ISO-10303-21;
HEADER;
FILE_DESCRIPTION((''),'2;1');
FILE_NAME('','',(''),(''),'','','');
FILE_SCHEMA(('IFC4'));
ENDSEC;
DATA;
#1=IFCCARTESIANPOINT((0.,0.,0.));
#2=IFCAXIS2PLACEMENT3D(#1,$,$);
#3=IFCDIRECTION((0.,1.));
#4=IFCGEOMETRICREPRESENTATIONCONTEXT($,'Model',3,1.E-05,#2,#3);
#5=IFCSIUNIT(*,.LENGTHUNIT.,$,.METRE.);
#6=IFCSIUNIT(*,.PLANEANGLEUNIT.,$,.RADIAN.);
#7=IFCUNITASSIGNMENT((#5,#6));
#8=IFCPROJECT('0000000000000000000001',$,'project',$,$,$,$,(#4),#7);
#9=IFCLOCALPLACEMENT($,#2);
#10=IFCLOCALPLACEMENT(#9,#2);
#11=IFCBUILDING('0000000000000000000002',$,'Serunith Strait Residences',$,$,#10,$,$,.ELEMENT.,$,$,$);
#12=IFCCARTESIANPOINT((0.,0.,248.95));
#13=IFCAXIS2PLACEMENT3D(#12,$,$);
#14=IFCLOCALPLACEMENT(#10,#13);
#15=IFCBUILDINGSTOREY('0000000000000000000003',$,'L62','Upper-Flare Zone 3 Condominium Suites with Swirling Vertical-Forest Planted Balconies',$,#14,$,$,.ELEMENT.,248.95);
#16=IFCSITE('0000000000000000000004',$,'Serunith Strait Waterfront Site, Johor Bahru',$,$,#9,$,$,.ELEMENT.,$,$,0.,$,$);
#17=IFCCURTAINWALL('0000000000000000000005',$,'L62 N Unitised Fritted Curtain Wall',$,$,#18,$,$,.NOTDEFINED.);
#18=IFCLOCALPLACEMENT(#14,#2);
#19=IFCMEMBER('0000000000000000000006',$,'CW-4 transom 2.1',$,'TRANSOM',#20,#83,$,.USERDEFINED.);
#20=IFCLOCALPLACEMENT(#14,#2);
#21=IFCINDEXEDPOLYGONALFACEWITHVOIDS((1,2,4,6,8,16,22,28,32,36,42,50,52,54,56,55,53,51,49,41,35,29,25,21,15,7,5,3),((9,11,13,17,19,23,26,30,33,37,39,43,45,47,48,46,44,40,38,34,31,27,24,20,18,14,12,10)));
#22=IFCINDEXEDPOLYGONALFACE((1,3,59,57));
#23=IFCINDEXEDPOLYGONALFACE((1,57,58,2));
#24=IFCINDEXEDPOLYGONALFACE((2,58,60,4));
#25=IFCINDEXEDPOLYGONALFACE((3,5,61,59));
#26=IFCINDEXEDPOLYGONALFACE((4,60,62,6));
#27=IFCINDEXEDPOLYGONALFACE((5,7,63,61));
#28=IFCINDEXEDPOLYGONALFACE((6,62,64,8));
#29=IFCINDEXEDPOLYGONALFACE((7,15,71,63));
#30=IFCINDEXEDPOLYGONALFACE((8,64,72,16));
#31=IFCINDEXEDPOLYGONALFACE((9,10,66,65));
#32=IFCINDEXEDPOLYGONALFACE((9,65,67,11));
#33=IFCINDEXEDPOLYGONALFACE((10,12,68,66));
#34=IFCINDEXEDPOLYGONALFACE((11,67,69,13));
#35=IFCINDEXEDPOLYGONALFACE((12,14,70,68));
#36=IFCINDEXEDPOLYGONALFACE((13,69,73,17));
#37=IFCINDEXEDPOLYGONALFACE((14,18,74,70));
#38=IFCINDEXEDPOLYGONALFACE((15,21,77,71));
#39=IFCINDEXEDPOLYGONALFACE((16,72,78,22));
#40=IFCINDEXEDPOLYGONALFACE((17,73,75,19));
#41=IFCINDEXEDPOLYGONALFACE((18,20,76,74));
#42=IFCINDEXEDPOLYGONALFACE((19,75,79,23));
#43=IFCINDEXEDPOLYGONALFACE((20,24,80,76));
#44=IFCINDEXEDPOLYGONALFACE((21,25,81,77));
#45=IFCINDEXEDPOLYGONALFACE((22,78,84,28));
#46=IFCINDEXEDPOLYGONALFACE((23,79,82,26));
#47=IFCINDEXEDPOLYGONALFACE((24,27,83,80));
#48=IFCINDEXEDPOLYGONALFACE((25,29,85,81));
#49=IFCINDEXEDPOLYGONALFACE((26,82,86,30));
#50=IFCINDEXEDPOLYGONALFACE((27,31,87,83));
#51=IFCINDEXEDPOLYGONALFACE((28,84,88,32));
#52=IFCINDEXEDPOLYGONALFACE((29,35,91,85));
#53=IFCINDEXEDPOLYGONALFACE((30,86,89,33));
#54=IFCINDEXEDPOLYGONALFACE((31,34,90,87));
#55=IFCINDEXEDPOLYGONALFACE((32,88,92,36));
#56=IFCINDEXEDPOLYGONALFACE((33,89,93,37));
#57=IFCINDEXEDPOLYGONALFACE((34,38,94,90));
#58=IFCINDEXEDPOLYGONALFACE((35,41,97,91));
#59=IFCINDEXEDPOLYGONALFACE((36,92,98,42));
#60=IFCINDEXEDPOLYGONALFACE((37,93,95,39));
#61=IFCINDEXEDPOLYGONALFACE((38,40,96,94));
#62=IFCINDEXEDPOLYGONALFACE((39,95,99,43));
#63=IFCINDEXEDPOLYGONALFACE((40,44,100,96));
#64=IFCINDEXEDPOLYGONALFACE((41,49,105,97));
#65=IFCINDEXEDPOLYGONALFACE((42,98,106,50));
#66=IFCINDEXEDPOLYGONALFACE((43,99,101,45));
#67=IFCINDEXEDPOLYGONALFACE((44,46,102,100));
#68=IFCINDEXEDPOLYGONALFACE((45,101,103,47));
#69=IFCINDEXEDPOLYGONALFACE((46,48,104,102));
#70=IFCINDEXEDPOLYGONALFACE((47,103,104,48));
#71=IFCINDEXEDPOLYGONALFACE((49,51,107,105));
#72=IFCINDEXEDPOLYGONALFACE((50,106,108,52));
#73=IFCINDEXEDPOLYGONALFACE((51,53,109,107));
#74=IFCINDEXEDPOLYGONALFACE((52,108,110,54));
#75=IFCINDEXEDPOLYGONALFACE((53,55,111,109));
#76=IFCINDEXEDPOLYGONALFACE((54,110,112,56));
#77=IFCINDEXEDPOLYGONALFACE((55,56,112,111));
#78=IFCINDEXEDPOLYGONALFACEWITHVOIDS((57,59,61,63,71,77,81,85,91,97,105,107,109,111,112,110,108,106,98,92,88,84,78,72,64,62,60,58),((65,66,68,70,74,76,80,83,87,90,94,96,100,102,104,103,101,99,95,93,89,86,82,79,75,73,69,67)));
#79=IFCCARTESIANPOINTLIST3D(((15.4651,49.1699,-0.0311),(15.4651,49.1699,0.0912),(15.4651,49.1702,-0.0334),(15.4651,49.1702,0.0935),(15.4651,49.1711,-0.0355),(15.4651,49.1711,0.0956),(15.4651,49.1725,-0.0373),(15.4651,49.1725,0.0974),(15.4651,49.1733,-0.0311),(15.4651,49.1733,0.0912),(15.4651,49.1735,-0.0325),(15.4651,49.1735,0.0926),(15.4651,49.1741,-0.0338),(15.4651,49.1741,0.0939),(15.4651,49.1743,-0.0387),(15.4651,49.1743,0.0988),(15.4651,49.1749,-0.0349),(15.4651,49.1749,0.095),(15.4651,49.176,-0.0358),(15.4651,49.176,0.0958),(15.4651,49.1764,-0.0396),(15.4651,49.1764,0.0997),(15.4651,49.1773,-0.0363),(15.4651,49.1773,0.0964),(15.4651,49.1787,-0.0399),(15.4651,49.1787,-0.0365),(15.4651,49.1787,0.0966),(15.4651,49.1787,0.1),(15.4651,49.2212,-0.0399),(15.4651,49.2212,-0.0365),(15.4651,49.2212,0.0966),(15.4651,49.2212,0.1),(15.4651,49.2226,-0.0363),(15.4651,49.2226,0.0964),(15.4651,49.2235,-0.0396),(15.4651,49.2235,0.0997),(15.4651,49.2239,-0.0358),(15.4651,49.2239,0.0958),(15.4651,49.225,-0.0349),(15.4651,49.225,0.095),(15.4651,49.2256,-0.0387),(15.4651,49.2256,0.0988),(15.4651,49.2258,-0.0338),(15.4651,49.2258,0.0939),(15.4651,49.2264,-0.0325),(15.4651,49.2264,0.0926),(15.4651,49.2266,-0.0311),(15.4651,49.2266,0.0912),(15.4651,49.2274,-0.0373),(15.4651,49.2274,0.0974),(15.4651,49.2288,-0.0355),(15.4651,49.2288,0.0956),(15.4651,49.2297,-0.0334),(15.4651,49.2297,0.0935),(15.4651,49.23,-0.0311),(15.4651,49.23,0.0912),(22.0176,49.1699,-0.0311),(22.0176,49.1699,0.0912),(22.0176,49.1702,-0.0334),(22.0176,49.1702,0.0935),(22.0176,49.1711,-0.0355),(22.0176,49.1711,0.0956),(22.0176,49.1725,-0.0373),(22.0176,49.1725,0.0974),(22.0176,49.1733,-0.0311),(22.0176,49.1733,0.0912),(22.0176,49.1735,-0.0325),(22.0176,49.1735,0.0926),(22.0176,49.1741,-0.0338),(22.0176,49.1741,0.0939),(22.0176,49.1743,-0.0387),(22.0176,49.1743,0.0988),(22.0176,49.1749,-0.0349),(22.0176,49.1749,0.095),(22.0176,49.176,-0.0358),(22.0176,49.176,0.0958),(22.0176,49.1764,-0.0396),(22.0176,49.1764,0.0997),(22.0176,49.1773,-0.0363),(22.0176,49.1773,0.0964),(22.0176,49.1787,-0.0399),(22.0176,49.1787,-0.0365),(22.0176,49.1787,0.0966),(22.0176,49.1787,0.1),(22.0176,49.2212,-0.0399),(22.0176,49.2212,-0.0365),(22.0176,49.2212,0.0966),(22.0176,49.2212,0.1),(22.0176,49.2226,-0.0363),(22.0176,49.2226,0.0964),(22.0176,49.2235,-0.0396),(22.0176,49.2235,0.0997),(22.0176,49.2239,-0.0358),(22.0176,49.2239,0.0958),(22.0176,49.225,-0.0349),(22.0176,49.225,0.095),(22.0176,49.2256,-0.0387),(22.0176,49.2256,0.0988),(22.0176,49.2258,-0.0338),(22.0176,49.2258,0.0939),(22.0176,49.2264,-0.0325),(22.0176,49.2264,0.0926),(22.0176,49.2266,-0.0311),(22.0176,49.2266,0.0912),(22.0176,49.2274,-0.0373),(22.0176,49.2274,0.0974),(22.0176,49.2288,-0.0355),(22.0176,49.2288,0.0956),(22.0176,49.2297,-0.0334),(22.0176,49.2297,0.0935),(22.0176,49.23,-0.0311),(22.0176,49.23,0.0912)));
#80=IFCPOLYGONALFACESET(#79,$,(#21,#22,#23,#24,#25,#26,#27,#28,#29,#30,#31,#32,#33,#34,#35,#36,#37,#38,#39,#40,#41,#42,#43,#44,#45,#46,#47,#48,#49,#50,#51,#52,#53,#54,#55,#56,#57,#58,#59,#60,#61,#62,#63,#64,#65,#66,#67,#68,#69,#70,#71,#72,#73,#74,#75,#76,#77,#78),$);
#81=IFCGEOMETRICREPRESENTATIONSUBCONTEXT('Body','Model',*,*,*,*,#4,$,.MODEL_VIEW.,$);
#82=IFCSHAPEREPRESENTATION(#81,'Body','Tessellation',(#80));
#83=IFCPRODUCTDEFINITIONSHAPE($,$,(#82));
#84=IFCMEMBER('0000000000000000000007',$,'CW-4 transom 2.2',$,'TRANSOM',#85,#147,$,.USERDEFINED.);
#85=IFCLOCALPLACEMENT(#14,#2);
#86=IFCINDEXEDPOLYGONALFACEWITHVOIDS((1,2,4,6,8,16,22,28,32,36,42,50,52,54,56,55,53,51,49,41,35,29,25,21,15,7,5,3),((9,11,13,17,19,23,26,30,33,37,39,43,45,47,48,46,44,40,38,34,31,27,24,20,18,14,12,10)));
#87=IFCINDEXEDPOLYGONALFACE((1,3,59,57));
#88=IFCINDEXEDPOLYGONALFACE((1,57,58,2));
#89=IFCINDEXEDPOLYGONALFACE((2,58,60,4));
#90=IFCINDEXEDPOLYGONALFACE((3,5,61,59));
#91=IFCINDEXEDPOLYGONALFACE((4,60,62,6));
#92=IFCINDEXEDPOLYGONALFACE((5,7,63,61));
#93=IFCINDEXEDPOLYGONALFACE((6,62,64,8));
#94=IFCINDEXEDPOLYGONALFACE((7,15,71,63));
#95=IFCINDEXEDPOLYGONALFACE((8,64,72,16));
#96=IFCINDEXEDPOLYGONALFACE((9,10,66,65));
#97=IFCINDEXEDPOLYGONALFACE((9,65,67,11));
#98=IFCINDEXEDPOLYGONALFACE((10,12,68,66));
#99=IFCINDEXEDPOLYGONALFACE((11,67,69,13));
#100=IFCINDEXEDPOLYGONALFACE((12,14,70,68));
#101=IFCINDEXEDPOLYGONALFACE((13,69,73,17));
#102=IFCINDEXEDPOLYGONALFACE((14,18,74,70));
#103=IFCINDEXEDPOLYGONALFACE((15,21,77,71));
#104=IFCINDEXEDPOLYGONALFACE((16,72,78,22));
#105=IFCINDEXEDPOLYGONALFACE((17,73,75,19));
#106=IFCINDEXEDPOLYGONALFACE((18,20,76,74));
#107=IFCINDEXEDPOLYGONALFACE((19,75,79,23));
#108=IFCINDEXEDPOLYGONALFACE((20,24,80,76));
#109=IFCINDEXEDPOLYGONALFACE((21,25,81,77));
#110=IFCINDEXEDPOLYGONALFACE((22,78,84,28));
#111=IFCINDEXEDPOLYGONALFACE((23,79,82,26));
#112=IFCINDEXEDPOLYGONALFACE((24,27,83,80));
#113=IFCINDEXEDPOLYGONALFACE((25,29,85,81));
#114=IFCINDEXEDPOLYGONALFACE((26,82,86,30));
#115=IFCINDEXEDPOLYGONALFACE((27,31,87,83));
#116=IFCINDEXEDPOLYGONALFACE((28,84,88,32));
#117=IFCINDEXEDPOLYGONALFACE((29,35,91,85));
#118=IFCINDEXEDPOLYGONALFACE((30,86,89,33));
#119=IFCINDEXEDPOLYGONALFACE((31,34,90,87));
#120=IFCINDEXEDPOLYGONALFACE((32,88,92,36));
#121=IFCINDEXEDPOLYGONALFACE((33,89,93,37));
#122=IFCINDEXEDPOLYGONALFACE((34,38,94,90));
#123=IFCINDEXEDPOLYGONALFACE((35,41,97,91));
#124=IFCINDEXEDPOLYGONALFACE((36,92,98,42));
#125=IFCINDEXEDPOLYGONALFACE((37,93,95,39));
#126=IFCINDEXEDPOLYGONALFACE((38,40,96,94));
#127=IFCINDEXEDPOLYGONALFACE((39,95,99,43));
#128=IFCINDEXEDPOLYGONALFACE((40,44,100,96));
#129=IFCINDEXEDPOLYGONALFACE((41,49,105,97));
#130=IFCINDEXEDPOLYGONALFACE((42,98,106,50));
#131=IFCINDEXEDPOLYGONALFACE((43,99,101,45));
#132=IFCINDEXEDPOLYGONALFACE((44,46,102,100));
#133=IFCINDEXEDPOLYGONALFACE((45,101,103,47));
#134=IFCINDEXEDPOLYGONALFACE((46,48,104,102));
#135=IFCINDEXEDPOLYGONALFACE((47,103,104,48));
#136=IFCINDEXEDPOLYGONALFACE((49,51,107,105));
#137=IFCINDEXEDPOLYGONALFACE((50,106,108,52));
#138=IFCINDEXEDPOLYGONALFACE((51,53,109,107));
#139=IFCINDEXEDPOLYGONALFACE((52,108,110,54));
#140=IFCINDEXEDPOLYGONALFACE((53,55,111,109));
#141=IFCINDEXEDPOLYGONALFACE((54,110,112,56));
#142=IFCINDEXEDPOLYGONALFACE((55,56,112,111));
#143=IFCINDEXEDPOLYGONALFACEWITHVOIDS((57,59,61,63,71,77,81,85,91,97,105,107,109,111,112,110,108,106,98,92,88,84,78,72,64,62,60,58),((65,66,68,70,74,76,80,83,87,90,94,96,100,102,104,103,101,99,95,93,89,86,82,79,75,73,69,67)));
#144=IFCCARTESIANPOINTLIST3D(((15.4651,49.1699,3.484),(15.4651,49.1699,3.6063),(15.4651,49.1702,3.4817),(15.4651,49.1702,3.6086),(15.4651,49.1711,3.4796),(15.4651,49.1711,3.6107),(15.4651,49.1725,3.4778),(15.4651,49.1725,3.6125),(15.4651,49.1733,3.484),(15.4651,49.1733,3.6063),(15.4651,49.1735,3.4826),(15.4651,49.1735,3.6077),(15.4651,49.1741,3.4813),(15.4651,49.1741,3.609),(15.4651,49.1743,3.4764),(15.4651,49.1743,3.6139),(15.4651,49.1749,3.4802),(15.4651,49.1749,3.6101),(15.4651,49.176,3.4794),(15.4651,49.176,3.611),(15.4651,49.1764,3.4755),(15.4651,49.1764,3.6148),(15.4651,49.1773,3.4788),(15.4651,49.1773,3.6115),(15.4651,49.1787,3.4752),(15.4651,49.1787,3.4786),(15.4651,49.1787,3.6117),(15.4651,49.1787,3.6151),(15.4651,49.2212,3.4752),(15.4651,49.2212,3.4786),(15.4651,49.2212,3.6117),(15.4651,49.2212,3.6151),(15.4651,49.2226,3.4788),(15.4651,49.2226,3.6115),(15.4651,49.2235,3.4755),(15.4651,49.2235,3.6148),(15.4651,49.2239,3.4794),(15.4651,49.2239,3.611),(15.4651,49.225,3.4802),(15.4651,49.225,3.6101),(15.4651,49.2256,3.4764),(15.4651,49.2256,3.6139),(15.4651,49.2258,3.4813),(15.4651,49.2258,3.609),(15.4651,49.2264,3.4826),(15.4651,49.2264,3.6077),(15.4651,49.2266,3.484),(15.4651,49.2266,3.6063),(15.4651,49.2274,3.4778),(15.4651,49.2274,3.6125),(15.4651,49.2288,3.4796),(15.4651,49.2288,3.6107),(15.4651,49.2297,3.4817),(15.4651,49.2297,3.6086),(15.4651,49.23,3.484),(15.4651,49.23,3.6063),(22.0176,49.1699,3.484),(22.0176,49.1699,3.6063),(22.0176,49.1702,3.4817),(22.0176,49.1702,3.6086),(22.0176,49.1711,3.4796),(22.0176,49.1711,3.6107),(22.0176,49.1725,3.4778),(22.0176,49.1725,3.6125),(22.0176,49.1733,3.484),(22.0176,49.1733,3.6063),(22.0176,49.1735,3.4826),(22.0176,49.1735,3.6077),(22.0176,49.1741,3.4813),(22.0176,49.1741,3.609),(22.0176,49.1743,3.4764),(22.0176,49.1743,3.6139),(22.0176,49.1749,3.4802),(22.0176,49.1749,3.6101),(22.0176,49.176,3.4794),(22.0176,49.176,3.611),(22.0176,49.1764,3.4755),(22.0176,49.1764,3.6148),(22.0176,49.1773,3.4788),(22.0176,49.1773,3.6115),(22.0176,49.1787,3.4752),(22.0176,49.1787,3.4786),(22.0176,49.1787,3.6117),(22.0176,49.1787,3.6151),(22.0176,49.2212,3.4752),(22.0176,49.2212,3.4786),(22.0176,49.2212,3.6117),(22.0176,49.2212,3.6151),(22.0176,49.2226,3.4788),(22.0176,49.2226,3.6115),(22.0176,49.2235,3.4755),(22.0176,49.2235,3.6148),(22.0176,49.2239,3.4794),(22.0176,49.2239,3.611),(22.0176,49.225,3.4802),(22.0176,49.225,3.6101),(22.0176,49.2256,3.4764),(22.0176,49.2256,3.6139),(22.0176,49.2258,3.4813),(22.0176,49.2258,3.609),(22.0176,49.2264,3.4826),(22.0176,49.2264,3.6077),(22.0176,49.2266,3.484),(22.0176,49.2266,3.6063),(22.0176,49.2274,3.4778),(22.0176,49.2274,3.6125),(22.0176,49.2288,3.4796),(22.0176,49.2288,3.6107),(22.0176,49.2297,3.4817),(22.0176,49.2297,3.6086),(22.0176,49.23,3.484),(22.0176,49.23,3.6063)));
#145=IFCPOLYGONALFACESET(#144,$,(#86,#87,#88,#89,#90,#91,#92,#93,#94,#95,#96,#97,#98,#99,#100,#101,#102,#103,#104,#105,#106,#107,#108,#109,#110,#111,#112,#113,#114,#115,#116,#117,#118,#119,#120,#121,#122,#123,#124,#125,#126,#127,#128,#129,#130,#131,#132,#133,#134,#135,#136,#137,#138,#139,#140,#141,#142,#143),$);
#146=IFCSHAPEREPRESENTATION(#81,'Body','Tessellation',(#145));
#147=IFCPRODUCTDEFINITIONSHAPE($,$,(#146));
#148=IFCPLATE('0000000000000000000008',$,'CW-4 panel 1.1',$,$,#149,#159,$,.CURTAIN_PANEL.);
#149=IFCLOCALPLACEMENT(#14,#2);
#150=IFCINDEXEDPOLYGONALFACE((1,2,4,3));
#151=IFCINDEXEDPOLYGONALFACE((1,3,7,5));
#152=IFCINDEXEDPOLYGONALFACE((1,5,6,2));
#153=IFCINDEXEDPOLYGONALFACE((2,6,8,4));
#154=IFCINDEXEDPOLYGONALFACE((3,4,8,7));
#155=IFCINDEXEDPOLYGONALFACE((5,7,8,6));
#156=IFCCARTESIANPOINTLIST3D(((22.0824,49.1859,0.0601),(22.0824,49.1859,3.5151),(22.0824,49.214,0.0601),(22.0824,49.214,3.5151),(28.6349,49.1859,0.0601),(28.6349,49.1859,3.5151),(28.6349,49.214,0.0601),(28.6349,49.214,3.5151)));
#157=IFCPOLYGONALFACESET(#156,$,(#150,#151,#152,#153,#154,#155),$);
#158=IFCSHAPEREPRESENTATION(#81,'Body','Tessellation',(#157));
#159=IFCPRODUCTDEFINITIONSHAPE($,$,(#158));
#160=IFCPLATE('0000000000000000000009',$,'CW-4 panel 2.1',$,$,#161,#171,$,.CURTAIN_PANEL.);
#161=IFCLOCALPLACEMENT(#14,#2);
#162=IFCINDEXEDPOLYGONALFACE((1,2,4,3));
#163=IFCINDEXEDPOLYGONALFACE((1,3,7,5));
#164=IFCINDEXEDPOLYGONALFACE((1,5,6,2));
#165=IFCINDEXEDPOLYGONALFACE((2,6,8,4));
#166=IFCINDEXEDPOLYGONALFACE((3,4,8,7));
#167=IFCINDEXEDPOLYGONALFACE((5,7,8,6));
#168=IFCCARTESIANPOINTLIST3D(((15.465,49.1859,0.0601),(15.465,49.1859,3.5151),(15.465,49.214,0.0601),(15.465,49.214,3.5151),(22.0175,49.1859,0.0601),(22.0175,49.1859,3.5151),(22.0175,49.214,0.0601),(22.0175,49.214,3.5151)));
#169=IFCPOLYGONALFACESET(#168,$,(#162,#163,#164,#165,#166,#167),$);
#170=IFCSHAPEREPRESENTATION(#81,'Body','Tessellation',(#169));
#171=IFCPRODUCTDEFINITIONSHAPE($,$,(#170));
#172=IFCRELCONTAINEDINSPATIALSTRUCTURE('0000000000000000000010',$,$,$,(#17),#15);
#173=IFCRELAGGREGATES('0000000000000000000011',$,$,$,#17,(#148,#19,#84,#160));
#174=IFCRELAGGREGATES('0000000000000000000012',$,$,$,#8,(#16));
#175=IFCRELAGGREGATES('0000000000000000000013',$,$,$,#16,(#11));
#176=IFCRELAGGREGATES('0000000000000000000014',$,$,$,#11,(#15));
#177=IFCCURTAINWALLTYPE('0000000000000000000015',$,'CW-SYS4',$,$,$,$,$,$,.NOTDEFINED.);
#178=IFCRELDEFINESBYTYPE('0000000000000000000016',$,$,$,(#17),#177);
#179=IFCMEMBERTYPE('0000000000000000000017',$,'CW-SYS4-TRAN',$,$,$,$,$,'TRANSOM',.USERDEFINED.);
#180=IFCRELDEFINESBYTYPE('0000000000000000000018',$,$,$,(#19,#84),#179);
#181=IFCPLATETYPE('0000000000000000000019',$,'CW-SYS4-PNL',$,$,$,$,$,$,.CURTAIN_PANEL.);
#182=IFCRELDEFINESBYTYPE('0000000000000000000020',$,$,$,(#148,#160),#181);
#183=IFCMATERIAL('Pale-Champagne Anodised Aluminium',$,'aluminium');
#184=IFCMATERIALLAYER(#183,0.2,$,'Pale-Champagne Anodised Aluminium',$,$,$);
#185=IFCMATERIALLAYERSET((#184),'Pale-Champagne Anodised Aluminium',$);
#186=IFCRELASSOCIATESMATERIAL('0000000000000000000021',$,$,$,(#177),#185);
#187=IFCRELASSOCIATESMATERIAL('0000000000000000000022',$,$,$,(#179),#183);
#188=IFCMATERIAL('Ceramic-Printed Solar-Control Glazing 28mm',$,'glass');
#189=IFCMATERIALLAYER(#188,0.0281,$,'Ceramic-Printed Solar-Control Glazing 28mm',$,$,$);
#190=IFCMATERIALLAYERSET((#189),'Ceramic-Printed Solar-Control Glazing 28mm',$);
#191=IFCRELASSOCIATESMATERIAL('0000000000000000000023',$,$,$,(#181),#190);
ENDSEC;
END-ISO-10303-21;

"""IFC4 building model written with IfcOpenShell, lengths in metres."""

from ifc_helpers import new_model, si_unit, direction, frame, origin, origin_2d, place, context, subcontext, project, spatial, rectangle, hollow_rectangle, extrude, source, transform, mapped, material, layer, layer_set, material_profile, profile_set, type_object, element, aggregate, save


model = new_model("IFC4")

# Units and contexts
model_context = context("Model", 3, precision=1e-05, world=origin(), true_north=direction((0.0, 1.0)))
body_context = subcontext(model_context, "Body", "Model", "MODEL_VIEW")
ifc_project = project(units=[si_unit("LENGTHUNIT", "METRE"), si_unit("PLANEANGLEUNIT", "RADIAN")], contexts=[model_context])

# Site, building, storey
site_placement = place(None, origin())
site = spatial("IfcSite", under=ifc_project, at=site_placement, Name="Serunith Strait Waterfront Site, Johor Bahru", CompositionType="ELEMENT", RefElevation=0.0)
building_placement = place(site_placement, origin())
building = spatial("IfcBuilding", under=site, at=building_placement, Name="Serunith Strait Residences", CompositionType="ELEMENT")
storey_placement = place(building_placement, frame((0.0, 0.0, 248.95)))
storey = spatial("IfcBuildingStorey", under=building, at=storey_placement, Name="L62", Description="Upper-Flare Zone 3 Condominium Suites with Swirling Vertical-Forest Planted Balconies", CompositionType="ELEMENT", Elevation=248.95)

# Curtain wall, members, plates
ifc_material_1 = material(Name="Pale-Champagne Anodised Aluminium", Category="aluminium")
ifc_layer_1 = layer(ifc_material_1, 0.2, Name="Pale-Champagne Anodised Aluminium")
ifc_layer_set_1 = layer_set([ifc_layer_1], Name="Pale-Champagne Anodised Aluminium")
curtain_wall_type = type_object("IfcCurtainWallType", Name="CW-SYS4", PredefinedType="NOTDEFINED", material=ifc_layer_set_1)
curtain_wall_placement = place(storey_placement, origin())
curtain_wall = element("IfcCurtainWall", 1, at=curtain_wall_placement, inside=storey, type_object=curtain_wall_type, Name="L62 N Unitised Fritted Curtain Wall", PredefinedType="NOTDEFINED")
ifc_material_profile_1 = material_profile(ifc_material_1, hollow_rectangle(XDim=0.0601, YDim=0.1399, WallThickness=0.0034, InnerFilletRadius=0.0054, OuterFilletRadius=0.0088, at=origin_2d()), Name="ALU 140x60x3.5")
ifc_profile_set_1 = profile_set([ifc_material_profile_1], Name="Pale-Champagne Anodised Aluminium")
member_type_1 = type_object("IfcMemberType", Name="CW-SYS4-TRAN", ElementType="TRANSOM", PredefinedType="USERDEFINED", material=ifc_profile_set_1)
shared_shape_1 = source(origin(), body_context, "Body", "SweptSolid", [
    extrude(hollow_rectangle(XDim=0.0601, YDim=0.1399, WallThickness=0.0034, InnerFilletRadius=0.0054, OuterFilletRadius=0.0088, at=origin_2d()), origin(), (0.0, 0.0, 1.0), 6.5525),
])
member_1_placement = place(storey_placement, frame((22.0176, 49.2, 0.03), z_axis=(-1.0, 0.0, 0.0), x_axis=(0.0, -1.0, 0.0)))
member_1 = element("IfcMember", 2, at=member_1_placement, type_object=member_type_1, Name="CW-4 transom 2.1", ObjectType="TRANSOM", PredefinedType="USERDEFINED", context=body_context, shape_type="MappedRepresentation", body=[
    mapped(shared_shape_1, transform((0.0, 0.0, 0.0), scale=1.0)),
])
member_2_placement = place(storey_placement, frame((22.0176, 49.2, 3.5452), z_axis=(-1.0, 0.0, 0.0), x_axis=(0.0, -1.0, 0.0)))
member_2 = element("IfcMember", 3, at=member_2_placement, type_object=member_type_1, Name="CW-4 transom 2.2", ObjectType="TRANSOM", PredefinedType="USERDEFINED", context=body_context, shape_type="MappedRepresentation", body=[
    mapped(shared_shape_1, transform((0.0, 0.0, 0.0), scale=1.0)),
])
ifc_material_2 = material(Name="Ceramic-Printed Solar-Control Glazing 28mm", Category="glass")
ifc_layer_2 = layer(ifc_material_2, 0.0281, Name="Ceramic-Printed Solar-Control Glazing 28mm")
ifc_layer_set_2 = layer_set([ifc_layer_2], Name="Ceramic-Printed Solar-Control Glazing 28mm")
plate_type = type_object("IfcPlateType", Name="CW-SYS4-PNL", PredefinedType="CURTAIN_PANEL", material=ifc_layer_set_2)
shared_shape_2 = source(origin(), body_context, "Body", "SweptSolid", [
    extrude(rectangle(XDim=6.5525, YDim=0.0281, at=origin_2d()), origin(), (0.0, 0.0, 1.0), 3.4551),
])
plate_1_placement = place(storey_placement, frame((25.3586, 49.2, 0.0601), z_axis=(0.0, 0.0, 1.0), x_axis=(-1.0, 0.0, 0.0)))
plate_1 = element("IfcPlate", 4, at=plate_1_placement, type_object=plate_type, Name="CW-4 panel 1.1", PredefinedType="CURTAIN_PANEL", context=body_context, shape_type="MappedRepresentation", body=[
    mapped(shared_shape_2, transform((0.0, 0.0, 0.0), scale=1.0)),
])
plate_2_placement = place(storey_placement, frame((18.7412, 49.2, 0.0601), z_axis=(0.0, 0.0, 1.0), x_axis=(-1.0, 0.0, 0.0)))
plate_2 = element("IfcPlate", 5, at=plate_2_placement, type_object=plate_type, Name="CW-4 panel 2.1", PredefinedType="CURTAIN_PANEL", context=body_context, shape_type="MappedRepresentation", body=[
    mapped(shared_shape_2, transform((0.0, 0.0, 0.0), scale=1.0)),
])
aggregate(curtain_wall, [plate_1, member_1, member_2, plate_2])

save(model, "model.ifc")
